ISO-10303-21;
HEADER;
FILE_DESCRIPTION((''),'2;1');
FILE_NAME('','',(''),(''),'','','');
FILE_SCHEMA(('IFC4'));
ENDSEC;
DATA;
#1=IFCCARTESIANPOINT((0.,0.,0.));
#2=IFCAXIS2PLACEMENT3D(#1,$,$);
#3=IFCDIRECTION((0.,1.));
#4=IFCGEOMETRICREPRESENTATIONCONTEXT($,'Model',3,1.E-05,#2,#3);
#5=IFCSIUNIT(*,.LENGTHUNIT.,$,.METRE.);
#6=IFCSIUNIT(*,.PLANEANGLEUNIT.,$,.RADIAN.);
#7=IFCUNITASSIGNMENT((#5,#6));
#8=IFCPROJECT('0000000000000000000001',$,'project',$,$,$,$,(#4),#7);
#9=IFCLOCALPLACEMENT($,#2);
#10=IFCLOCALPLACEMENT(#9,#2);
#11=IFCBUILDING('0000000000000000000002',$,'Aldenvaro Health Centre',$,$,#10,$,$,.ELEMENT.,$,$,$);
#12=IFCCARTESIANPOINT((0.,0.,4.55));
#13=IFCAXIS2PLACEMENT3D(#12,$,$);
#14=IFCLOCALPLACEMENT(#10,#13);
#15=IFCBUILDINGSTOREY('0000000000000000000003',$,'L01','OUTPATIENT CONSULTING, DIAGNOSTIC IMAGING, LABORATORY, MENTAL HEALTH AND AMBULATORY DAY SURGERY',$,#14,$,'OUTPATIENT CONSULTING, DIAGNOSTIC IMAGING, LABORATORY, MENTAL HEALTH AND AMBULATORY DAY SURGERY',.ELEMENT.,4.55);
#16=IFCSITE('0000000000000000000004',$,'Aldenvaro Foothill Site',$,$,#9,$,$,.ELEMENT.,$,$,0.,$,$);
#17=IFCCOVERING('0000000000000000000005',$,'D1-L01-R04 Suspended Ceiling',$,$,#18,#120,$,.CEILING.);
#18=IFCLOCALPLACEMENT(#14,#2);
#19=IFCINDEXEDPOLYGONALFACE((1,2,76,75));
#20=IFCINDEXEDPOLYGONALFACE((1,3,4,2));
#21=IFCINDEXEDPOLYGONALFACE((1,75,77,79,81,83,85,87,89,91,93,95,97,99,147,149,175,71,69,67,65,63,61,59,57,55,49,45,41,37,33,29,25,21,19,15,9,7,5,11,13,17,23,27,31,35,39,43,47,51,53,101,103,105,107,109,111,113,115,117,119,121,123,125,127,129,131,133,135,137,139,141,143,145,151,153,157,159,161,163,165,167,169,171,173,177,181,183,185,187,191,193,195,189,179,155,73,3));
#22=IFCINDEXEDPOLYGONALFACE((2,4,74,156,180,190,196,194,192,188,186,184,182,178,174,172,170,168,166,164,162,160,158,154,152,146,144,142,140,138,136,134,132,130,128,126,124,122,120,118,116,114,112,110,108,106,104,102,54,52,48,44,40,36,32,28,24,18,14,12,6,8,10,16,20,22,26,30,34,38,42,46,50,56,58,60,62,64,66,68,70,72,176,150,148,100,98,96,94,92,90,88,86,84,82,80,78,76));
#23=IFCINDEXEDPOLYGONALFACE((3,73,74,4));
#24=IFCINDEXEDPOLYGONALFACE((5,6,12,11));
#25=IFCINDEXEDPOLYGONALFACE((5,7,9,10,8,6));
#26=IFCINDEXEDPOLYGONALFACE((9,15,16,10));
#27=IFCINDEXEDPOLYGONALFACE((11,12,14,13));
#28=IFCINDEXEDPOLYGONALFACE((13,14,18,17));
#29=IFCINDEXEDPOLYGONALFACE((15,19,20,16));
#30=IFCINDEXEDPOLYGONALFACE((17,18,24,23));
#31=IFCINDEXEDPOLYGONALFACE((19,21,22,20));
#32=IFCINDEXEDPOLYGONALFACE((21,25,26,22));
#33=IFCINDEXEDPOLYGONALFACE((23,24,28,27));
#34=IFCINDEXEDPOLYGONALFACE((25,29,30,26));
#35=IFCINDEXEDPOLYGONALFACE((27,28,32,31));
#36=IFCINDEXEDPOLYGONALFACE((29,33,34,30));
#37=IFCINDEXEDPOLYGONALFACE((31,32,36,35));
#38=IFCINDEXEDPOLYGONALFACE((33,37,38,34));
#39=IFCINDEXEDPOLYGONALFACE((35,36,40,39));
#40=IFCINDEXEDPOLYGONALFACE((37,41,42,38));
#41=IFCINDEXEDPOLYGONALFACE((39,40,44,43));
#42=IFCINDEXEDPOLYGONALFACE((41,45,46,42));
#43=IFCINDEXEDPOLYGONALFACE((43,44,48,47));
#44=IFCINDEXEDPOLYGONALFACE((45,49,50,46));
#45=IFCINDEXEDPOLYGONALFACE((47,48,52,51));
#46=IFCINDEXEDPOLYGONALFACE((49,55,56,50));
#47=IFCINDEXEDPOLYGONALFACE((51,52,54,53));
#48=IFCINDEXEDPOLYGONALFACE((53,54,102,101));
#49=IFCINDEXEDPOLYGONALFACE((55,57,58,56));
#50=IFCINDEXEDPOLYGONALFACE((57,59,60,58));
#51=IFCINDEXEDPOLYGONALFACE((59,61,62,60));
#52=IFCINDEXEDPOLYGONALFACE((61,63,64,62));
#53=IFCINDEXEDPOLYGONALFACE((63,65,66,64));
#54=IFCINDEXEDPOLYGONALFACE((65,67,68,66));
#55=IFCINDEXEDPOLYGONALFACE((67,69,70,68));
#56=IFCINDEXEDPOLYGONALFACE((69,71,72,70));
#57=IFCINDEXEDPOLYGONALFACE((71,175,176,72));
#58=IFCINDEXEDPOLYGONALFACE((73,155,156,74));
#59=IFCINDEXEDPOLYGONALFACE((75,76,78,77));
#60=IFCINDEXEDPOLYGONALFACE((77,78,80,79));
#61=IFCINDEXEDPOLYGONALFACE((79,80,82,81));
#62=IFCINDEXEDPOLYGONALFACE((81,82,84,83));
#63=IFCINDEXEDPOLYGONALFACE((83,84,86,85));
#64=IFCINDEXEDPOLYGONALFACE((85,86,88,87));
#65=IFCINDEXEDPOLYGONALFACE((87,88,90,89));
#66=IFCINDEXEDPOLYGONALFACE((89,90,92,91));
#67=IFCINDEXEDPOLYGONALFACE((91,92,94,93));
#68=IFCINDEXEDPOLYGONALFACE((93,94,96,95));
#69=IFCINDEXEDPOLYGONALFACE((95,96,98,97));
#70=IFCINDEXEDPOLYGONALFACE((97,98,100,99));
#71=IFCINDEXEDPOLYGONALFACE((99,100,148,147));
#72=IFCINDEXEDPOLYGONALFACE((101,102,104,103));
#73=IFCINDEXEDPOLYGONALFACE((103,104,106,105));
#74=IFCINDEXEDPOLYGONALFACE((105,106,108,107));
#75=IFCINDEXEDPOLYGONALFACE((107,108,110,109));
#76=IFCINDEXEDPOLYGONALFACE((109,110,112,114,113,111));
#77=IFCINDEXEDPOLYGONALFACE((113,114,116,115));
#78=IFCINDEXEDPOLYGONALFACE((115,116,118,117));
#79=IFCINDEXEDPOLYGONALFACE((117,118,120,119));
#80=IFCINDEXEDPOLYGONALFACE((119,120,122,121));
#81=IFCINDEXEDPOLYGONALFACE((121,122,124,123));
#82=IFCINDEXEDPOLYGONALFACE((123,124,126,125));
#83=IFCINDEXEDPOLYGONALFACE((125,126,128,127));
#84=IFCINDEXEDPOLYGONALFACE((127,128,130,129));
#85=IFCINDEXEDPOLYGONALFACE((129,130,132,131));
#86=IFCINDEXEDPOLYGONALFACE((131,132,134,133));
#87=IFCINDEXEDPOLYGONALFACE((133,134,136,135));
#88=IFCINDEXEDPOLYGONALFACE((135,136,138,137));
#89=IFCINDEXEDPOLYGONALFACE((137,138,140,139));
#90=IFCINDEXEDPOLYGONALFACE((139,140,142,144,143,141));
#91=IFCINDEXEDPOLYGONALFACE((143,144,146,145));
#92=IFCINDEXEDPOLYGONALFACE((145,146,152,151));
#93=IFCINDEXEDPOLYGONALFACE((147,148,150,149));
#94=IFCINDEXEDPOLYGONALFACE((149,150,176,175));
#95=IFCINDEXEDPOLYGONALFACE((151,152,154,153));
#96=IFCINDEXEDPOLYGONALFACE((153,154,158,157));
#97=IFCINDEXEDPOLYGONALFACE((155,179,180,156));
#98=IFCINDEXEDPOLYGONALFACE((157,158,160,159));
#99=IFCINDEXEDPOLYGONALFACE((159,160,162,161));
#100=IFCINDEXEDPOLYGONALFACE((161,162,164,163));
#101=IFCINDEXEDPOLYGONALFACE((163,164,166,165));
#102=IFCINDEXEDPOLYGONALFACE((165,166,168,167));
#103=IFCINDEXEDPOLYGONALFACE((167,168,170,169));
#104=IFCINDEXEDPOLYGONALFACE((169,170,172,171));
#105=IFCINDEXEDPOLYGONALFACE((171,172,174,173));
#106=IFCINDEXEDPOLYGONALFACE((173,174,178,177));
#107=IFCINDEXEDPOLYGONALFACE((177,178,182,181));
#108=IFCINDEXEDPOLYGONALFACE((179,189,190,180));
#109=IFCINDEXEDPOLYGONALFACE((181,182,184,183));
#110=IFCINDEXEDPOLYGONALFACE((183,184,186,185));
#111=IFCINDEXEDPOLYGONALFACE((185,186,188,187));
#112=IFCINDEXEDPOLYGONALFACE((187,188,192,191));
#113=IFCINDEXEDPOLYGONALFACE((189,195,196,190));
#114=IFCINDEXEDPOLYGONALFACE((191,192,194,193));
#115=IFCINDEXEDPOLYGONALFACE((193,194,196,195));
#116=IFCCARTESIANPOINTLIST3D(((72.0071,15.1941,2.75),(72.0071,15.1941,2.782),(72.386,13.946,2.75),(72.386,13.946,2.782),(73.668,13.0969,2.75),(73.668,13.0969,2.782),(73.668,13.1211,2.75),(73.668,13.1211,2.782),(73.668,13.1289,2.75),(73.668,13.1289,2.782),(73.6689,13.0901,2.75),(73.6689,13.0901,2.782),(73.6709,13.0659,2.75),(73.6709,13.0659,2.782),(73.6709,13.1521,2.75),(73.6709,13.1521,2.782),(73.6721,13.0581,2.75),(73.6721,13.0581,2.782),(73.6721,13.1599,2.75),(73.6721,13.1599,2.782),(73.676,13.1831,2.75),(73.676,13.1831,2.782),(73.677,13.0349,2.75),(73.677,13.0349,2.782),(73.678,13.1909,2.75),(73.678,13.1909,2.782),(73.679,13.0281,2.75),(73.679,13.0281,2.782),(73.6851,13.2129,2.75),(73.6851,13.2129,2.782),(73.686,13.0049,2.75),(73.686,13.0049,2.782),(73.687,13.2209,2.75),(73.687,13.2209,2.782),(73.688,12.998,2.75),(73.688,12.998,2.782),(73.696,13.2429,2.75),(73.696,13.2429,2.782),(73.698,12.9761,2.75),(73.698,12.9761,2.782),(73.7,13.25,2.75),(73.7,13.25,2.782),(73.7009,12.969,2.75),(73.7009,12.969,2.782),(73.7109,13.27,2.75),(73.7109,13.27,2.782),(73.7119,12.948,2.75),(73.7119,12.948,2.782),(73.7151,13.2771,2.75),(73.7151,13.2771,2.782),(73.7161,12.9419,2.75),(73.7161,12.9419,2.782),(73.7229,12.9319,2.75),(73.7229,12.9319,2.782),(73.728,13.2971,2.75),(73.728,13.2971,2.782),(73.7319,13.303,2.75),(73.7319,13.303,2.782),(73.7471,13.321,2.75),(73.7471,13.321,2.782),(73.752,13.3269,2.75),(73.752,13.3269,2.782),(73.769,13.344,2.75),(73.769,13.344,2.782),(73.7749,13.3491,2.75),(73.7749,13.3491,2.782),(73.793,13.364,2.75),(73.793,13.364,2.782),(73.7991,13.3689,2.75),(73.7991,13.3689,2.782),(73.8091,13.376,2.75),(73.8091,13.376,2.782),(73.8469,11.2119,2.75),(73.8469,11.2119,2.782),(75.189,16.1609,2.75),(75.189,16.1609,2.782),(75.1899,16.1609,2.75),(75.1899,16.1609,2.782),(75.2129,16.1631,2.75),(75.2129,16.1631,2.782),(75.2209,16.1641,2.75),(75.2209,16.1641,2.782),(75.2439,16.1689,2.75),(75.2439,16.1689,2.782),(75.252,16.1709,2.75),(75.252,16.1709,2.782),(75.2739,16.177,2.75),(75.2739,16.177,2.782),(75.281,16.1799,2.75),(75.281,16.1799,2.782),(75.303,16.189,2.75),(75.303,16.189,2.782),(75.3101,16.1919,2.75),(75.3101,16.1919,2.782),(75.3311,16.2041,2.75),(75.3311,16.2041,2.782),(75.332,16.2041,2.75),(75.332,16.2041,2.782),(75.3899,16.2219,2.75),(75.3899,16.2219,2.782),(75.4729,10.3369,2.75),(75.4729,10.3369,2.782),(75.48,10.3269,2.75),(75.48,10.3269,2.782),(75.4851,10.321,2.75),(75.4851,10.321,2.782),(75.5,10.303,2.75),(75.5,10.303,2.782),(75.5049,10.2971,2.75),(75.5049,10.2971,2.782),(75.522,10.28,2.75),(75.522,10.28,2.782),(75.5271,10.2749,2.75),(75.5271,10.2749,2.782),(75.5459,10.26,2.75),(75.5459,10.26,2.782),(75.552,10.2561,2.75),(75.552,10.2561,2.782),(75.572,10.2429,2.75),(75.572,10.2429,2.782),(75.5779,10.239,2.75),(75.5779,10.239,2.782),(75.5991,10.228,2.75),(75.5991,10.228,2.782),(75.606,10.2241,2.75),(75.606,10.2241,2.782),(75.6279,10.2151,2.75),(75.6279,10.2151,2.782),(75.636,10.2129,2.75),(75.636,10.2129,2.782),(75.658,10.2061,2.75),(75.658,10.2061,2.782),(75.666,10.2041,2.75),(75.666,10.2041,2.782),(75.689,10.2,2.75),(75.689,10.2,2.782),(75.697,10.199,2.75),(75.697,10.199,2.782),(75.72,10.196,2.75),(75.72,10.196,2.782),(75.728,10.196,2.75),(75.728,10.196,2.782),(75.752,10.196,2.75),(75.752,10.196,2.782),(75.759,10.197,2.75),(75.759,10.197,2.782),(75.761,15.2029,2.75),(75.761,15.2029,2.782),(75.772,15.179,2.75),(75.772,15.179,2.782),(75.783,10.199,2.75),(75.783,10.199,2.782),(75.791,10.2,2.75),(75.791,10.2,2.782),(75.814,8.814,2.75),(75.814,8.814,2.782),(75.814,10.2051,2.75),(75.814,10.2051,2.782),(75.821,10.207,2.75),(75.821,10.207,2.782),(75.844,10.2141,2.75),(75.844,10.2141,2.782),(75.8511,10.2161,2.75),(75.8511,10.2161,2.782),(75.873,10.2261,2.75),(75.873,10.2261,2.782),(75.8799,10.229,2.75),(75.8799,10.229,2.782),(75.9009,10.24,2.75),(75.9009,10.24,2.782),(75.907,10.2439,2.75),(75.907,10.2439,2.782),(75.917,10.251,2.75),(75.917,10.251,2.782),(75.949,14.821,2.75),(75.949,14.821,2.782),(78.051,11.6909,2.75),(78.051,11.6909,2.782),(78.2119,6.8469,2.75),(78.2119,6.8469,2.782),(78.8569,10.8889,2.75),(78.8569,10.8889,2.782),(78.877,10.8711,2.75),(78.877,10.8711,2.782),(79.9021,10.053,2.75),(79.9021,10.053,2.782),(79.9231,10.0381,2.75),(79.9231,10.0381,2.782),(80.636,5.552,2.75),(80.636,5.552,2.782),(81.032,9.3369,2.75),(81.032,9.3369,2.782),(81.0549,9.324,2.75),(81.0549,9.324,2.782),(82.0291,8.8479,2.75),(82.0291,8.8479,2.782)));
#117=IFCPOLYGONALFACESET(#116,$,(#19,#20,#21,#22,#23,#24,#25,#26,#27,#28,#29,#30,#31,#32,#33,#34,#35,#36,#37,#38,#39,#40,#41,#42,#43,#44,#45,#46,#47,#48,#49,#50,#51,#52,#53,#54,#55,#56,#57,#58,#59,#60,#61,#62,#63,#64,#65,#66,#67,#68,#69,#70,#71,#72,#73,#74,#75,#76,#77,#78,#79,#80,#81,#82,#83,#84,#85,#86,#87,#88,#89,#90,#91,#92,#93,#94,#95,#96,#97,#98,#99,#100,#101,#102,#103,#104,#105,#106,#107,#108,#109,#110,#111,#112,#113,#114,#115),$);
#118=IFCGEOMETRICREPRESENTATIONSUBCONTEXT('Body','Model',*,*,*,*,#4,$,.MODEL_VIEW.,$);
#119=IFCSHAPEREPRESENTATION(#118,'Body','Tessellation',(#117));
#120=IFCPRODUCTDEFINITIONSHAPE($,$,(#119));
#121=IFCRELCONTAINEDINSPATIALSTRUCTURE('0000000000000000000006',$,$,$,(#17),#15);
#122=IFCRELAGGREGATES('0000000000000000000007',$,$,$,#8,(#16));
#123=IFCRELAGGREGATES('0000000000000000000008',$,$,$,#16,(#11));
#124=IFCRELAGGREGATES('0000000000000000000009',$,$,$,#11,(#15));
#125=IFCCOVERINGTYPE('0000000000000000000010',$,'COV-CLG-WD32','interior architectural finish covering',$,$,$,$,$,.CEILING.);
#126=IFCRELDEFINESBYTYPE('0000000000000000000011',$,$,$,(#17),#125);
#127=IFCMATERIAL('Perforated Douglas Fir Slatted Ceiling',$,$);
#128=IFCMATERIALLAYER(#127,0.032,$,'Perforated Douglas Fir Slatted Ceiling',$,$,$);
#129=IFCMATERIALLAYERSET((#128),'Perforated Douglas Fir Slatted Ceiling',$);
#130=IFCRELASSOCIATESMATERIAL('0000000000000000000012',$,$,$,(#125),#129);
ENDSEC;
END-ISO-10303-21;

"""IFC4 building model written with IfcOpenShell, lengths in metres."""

from ifc_helpers import new_model, si_unit, direction, frame, origin, place, context, subcontext, project, spatial, polyline, outline, extrude, material, layer, layer_set, type_object, element, save


model = new_model("IFC4")

# Units and contexts
model_context = context("Model", 3, precision=1e-05, world=origin(), true_north=direction((0.0, 1.0)))
body_context = subcontext(model_context, "Body", "Model", "MODEL_VIEW")
ifc_project = project(units=[si_unit("LENGTHUNIT", "METRE"), si_unit("PLANEANGLEUNIT", "RADIAN")], contexts=[model_context])

# Site, building, storey
site_placement = place(None, origin())
site = spatial("IfcSite", under=ifc_project, at=site_placement, Name="Aldenvaro Foothill Site", CompositionType="ELEMENT", RefElevation=0.0)
building_placement = place(site_placement, origin())
building = spatial("IfcBuilding", under=site, at=building_placement, Name="Aldenvaro Health Centre", CompositionType="ELEMENT")
storey_placement = place(building_placement, frame((0.0, 0.0, 4.55)))
storey = spatial("IfcBuildingStorey", under=building, at=storey_placement, Name="L01", Description="OUTPATIENT CONSULTING, DIAGNOSTIC IMAGING, LABORATORY, MENTAL HEALTH AND AMBULATORY DAY SURGERY", LongName="OUTPATIENT CONSULTING, DIAGNOSTIC IMAGING, LABORATORY, MENTAL HEALTH AND AMBULATORY DAY SURGERY", CompositionType="ELEMENT", Elevation=4.55)

# Covering
ifc_material_1 = material(Name="Perforated Douglas Fir Slatted Ceiling")
ifc_layer_1 = layer(ifc_material_1, 0.032, Name="Perforated Douglas Fir Slatted Ceiling")
ifc_layer_set_1 = layer_set([ifc_layer_1], Name="Perforated Douglas Fir Slatted Ceiling")
covering_type_1 = type_object("IfcCoveringType", Name="COV-CLG-WD32", Description="interior architectural finish covering", PredefinedType="CEILING", material=ifc_layer_set_1)
covering_1_placement = place(storey_placement, frame((0.0, 0.0, 2.75)))
element("IfcCovering", 1, at=covering_1_placement, inside=storey, type_object=covering_type_1, Name="D1-L01-R04 Suspended Ceiling", PredefinedType="CEILING", context=body_context, shape_type="SweptSolid", body=[
    extrude(outline(polyline([(75.189, 16.1609), (75.1899, 16.1609), (75.2129, 16.1631), (75.2209, 16.1641), (75.2439, 16.1689), (75.252, 16.1709), (75.2739, 16.177), (75.281, 16.1799), (75.303, 16.189), (75.3101, 16.1919), (75.3311, 16.2041), (75.332, 16.2041), (75.3899, 16.2219), (75.761, 15.2029), (75.772, 15.179), (75.949, 14.821), (73.8091, 13.376), (73.7991, 13.3689), (73.793, 13.364), (73.7749, 13.3491), (73.769, 13.344), (73.752, 13.3269), (73.7471, 13.321), (73.7319, 13.303), (73.728, 13.2971), (73.7151, 13.2771), (73.7109, 13.27), (73.7, 13.25), (73.696, 13.2429), (73.687, 13.2209), (73.6851, 13.2129), (73.678, 13.1909), (73.676, 13.1831), (73.6721, 13.1599), (73.6709, 13.1521), (73.668, 13.1289), (73.668, 13.1211), (73.668, 13.0969), (73.6689, 13.0901), (73.6709, 13.0659), (73.6721, 13.0581), (73.677, 13.0349), (73.679, 13.0281), (73.686, 13.0049), (73.688, 12.998), (73.698, 12.9761), (73.7009, 12.969), (73.7119, 12.948), (73.7161, 12.9419), (73.7229, 12.9319), (75.4729, 10.3369), (75.48, 10.3269), (75.4851, 10.321), (75.5, 10.303), (75.5049, 10.2971), (75.522, 10.28), (75.5271, 10.2749), (75.5459, 10.26), (75.552, 10.2561), (75.572, 10.2429), (75.5779, 10.239), (75.5991, 10.228), (75.606, 10.2241), (75.6279, 10.2151), (75.636, 10.2129), (75.658, 10.2061), (75.666, 10.2041), (75.689, 10.2), (75.697, 10.199), (75.72, 10.196), (75.728, 10.196), (75.752, 10.196), (75.759, 10.197), (75.783, 10.199), (75.791, 10.2), (75.814, 10.2051), (75.821, 10.207), (75.844, 10.2141), (75.8511, 10.2161), (75.873, 10.2261), (75.8799, 10.229), (75.9009, 10.24), (75.907, 10.2439), (75.917, 10.251), (78.051, 11.6909), (78.8569, 10.8889), (78.877, 10.8711), (79.9021, 10.053), (79.9231, 10.0381), (81.032, 9.3369), (81.0549, 9.324), (82.0291, 8.8479), (80.636, 5.552), (78.2119, 6.8469), (75.814, 8.814), (73.8469, 11.2119), (72.386, 13.946), (72.0071, 15.1941), (75.189, 16.1609)])), origin(), (0.0, 0.0, 1.0), 0.032),
])

save(model, "model.ifc")
